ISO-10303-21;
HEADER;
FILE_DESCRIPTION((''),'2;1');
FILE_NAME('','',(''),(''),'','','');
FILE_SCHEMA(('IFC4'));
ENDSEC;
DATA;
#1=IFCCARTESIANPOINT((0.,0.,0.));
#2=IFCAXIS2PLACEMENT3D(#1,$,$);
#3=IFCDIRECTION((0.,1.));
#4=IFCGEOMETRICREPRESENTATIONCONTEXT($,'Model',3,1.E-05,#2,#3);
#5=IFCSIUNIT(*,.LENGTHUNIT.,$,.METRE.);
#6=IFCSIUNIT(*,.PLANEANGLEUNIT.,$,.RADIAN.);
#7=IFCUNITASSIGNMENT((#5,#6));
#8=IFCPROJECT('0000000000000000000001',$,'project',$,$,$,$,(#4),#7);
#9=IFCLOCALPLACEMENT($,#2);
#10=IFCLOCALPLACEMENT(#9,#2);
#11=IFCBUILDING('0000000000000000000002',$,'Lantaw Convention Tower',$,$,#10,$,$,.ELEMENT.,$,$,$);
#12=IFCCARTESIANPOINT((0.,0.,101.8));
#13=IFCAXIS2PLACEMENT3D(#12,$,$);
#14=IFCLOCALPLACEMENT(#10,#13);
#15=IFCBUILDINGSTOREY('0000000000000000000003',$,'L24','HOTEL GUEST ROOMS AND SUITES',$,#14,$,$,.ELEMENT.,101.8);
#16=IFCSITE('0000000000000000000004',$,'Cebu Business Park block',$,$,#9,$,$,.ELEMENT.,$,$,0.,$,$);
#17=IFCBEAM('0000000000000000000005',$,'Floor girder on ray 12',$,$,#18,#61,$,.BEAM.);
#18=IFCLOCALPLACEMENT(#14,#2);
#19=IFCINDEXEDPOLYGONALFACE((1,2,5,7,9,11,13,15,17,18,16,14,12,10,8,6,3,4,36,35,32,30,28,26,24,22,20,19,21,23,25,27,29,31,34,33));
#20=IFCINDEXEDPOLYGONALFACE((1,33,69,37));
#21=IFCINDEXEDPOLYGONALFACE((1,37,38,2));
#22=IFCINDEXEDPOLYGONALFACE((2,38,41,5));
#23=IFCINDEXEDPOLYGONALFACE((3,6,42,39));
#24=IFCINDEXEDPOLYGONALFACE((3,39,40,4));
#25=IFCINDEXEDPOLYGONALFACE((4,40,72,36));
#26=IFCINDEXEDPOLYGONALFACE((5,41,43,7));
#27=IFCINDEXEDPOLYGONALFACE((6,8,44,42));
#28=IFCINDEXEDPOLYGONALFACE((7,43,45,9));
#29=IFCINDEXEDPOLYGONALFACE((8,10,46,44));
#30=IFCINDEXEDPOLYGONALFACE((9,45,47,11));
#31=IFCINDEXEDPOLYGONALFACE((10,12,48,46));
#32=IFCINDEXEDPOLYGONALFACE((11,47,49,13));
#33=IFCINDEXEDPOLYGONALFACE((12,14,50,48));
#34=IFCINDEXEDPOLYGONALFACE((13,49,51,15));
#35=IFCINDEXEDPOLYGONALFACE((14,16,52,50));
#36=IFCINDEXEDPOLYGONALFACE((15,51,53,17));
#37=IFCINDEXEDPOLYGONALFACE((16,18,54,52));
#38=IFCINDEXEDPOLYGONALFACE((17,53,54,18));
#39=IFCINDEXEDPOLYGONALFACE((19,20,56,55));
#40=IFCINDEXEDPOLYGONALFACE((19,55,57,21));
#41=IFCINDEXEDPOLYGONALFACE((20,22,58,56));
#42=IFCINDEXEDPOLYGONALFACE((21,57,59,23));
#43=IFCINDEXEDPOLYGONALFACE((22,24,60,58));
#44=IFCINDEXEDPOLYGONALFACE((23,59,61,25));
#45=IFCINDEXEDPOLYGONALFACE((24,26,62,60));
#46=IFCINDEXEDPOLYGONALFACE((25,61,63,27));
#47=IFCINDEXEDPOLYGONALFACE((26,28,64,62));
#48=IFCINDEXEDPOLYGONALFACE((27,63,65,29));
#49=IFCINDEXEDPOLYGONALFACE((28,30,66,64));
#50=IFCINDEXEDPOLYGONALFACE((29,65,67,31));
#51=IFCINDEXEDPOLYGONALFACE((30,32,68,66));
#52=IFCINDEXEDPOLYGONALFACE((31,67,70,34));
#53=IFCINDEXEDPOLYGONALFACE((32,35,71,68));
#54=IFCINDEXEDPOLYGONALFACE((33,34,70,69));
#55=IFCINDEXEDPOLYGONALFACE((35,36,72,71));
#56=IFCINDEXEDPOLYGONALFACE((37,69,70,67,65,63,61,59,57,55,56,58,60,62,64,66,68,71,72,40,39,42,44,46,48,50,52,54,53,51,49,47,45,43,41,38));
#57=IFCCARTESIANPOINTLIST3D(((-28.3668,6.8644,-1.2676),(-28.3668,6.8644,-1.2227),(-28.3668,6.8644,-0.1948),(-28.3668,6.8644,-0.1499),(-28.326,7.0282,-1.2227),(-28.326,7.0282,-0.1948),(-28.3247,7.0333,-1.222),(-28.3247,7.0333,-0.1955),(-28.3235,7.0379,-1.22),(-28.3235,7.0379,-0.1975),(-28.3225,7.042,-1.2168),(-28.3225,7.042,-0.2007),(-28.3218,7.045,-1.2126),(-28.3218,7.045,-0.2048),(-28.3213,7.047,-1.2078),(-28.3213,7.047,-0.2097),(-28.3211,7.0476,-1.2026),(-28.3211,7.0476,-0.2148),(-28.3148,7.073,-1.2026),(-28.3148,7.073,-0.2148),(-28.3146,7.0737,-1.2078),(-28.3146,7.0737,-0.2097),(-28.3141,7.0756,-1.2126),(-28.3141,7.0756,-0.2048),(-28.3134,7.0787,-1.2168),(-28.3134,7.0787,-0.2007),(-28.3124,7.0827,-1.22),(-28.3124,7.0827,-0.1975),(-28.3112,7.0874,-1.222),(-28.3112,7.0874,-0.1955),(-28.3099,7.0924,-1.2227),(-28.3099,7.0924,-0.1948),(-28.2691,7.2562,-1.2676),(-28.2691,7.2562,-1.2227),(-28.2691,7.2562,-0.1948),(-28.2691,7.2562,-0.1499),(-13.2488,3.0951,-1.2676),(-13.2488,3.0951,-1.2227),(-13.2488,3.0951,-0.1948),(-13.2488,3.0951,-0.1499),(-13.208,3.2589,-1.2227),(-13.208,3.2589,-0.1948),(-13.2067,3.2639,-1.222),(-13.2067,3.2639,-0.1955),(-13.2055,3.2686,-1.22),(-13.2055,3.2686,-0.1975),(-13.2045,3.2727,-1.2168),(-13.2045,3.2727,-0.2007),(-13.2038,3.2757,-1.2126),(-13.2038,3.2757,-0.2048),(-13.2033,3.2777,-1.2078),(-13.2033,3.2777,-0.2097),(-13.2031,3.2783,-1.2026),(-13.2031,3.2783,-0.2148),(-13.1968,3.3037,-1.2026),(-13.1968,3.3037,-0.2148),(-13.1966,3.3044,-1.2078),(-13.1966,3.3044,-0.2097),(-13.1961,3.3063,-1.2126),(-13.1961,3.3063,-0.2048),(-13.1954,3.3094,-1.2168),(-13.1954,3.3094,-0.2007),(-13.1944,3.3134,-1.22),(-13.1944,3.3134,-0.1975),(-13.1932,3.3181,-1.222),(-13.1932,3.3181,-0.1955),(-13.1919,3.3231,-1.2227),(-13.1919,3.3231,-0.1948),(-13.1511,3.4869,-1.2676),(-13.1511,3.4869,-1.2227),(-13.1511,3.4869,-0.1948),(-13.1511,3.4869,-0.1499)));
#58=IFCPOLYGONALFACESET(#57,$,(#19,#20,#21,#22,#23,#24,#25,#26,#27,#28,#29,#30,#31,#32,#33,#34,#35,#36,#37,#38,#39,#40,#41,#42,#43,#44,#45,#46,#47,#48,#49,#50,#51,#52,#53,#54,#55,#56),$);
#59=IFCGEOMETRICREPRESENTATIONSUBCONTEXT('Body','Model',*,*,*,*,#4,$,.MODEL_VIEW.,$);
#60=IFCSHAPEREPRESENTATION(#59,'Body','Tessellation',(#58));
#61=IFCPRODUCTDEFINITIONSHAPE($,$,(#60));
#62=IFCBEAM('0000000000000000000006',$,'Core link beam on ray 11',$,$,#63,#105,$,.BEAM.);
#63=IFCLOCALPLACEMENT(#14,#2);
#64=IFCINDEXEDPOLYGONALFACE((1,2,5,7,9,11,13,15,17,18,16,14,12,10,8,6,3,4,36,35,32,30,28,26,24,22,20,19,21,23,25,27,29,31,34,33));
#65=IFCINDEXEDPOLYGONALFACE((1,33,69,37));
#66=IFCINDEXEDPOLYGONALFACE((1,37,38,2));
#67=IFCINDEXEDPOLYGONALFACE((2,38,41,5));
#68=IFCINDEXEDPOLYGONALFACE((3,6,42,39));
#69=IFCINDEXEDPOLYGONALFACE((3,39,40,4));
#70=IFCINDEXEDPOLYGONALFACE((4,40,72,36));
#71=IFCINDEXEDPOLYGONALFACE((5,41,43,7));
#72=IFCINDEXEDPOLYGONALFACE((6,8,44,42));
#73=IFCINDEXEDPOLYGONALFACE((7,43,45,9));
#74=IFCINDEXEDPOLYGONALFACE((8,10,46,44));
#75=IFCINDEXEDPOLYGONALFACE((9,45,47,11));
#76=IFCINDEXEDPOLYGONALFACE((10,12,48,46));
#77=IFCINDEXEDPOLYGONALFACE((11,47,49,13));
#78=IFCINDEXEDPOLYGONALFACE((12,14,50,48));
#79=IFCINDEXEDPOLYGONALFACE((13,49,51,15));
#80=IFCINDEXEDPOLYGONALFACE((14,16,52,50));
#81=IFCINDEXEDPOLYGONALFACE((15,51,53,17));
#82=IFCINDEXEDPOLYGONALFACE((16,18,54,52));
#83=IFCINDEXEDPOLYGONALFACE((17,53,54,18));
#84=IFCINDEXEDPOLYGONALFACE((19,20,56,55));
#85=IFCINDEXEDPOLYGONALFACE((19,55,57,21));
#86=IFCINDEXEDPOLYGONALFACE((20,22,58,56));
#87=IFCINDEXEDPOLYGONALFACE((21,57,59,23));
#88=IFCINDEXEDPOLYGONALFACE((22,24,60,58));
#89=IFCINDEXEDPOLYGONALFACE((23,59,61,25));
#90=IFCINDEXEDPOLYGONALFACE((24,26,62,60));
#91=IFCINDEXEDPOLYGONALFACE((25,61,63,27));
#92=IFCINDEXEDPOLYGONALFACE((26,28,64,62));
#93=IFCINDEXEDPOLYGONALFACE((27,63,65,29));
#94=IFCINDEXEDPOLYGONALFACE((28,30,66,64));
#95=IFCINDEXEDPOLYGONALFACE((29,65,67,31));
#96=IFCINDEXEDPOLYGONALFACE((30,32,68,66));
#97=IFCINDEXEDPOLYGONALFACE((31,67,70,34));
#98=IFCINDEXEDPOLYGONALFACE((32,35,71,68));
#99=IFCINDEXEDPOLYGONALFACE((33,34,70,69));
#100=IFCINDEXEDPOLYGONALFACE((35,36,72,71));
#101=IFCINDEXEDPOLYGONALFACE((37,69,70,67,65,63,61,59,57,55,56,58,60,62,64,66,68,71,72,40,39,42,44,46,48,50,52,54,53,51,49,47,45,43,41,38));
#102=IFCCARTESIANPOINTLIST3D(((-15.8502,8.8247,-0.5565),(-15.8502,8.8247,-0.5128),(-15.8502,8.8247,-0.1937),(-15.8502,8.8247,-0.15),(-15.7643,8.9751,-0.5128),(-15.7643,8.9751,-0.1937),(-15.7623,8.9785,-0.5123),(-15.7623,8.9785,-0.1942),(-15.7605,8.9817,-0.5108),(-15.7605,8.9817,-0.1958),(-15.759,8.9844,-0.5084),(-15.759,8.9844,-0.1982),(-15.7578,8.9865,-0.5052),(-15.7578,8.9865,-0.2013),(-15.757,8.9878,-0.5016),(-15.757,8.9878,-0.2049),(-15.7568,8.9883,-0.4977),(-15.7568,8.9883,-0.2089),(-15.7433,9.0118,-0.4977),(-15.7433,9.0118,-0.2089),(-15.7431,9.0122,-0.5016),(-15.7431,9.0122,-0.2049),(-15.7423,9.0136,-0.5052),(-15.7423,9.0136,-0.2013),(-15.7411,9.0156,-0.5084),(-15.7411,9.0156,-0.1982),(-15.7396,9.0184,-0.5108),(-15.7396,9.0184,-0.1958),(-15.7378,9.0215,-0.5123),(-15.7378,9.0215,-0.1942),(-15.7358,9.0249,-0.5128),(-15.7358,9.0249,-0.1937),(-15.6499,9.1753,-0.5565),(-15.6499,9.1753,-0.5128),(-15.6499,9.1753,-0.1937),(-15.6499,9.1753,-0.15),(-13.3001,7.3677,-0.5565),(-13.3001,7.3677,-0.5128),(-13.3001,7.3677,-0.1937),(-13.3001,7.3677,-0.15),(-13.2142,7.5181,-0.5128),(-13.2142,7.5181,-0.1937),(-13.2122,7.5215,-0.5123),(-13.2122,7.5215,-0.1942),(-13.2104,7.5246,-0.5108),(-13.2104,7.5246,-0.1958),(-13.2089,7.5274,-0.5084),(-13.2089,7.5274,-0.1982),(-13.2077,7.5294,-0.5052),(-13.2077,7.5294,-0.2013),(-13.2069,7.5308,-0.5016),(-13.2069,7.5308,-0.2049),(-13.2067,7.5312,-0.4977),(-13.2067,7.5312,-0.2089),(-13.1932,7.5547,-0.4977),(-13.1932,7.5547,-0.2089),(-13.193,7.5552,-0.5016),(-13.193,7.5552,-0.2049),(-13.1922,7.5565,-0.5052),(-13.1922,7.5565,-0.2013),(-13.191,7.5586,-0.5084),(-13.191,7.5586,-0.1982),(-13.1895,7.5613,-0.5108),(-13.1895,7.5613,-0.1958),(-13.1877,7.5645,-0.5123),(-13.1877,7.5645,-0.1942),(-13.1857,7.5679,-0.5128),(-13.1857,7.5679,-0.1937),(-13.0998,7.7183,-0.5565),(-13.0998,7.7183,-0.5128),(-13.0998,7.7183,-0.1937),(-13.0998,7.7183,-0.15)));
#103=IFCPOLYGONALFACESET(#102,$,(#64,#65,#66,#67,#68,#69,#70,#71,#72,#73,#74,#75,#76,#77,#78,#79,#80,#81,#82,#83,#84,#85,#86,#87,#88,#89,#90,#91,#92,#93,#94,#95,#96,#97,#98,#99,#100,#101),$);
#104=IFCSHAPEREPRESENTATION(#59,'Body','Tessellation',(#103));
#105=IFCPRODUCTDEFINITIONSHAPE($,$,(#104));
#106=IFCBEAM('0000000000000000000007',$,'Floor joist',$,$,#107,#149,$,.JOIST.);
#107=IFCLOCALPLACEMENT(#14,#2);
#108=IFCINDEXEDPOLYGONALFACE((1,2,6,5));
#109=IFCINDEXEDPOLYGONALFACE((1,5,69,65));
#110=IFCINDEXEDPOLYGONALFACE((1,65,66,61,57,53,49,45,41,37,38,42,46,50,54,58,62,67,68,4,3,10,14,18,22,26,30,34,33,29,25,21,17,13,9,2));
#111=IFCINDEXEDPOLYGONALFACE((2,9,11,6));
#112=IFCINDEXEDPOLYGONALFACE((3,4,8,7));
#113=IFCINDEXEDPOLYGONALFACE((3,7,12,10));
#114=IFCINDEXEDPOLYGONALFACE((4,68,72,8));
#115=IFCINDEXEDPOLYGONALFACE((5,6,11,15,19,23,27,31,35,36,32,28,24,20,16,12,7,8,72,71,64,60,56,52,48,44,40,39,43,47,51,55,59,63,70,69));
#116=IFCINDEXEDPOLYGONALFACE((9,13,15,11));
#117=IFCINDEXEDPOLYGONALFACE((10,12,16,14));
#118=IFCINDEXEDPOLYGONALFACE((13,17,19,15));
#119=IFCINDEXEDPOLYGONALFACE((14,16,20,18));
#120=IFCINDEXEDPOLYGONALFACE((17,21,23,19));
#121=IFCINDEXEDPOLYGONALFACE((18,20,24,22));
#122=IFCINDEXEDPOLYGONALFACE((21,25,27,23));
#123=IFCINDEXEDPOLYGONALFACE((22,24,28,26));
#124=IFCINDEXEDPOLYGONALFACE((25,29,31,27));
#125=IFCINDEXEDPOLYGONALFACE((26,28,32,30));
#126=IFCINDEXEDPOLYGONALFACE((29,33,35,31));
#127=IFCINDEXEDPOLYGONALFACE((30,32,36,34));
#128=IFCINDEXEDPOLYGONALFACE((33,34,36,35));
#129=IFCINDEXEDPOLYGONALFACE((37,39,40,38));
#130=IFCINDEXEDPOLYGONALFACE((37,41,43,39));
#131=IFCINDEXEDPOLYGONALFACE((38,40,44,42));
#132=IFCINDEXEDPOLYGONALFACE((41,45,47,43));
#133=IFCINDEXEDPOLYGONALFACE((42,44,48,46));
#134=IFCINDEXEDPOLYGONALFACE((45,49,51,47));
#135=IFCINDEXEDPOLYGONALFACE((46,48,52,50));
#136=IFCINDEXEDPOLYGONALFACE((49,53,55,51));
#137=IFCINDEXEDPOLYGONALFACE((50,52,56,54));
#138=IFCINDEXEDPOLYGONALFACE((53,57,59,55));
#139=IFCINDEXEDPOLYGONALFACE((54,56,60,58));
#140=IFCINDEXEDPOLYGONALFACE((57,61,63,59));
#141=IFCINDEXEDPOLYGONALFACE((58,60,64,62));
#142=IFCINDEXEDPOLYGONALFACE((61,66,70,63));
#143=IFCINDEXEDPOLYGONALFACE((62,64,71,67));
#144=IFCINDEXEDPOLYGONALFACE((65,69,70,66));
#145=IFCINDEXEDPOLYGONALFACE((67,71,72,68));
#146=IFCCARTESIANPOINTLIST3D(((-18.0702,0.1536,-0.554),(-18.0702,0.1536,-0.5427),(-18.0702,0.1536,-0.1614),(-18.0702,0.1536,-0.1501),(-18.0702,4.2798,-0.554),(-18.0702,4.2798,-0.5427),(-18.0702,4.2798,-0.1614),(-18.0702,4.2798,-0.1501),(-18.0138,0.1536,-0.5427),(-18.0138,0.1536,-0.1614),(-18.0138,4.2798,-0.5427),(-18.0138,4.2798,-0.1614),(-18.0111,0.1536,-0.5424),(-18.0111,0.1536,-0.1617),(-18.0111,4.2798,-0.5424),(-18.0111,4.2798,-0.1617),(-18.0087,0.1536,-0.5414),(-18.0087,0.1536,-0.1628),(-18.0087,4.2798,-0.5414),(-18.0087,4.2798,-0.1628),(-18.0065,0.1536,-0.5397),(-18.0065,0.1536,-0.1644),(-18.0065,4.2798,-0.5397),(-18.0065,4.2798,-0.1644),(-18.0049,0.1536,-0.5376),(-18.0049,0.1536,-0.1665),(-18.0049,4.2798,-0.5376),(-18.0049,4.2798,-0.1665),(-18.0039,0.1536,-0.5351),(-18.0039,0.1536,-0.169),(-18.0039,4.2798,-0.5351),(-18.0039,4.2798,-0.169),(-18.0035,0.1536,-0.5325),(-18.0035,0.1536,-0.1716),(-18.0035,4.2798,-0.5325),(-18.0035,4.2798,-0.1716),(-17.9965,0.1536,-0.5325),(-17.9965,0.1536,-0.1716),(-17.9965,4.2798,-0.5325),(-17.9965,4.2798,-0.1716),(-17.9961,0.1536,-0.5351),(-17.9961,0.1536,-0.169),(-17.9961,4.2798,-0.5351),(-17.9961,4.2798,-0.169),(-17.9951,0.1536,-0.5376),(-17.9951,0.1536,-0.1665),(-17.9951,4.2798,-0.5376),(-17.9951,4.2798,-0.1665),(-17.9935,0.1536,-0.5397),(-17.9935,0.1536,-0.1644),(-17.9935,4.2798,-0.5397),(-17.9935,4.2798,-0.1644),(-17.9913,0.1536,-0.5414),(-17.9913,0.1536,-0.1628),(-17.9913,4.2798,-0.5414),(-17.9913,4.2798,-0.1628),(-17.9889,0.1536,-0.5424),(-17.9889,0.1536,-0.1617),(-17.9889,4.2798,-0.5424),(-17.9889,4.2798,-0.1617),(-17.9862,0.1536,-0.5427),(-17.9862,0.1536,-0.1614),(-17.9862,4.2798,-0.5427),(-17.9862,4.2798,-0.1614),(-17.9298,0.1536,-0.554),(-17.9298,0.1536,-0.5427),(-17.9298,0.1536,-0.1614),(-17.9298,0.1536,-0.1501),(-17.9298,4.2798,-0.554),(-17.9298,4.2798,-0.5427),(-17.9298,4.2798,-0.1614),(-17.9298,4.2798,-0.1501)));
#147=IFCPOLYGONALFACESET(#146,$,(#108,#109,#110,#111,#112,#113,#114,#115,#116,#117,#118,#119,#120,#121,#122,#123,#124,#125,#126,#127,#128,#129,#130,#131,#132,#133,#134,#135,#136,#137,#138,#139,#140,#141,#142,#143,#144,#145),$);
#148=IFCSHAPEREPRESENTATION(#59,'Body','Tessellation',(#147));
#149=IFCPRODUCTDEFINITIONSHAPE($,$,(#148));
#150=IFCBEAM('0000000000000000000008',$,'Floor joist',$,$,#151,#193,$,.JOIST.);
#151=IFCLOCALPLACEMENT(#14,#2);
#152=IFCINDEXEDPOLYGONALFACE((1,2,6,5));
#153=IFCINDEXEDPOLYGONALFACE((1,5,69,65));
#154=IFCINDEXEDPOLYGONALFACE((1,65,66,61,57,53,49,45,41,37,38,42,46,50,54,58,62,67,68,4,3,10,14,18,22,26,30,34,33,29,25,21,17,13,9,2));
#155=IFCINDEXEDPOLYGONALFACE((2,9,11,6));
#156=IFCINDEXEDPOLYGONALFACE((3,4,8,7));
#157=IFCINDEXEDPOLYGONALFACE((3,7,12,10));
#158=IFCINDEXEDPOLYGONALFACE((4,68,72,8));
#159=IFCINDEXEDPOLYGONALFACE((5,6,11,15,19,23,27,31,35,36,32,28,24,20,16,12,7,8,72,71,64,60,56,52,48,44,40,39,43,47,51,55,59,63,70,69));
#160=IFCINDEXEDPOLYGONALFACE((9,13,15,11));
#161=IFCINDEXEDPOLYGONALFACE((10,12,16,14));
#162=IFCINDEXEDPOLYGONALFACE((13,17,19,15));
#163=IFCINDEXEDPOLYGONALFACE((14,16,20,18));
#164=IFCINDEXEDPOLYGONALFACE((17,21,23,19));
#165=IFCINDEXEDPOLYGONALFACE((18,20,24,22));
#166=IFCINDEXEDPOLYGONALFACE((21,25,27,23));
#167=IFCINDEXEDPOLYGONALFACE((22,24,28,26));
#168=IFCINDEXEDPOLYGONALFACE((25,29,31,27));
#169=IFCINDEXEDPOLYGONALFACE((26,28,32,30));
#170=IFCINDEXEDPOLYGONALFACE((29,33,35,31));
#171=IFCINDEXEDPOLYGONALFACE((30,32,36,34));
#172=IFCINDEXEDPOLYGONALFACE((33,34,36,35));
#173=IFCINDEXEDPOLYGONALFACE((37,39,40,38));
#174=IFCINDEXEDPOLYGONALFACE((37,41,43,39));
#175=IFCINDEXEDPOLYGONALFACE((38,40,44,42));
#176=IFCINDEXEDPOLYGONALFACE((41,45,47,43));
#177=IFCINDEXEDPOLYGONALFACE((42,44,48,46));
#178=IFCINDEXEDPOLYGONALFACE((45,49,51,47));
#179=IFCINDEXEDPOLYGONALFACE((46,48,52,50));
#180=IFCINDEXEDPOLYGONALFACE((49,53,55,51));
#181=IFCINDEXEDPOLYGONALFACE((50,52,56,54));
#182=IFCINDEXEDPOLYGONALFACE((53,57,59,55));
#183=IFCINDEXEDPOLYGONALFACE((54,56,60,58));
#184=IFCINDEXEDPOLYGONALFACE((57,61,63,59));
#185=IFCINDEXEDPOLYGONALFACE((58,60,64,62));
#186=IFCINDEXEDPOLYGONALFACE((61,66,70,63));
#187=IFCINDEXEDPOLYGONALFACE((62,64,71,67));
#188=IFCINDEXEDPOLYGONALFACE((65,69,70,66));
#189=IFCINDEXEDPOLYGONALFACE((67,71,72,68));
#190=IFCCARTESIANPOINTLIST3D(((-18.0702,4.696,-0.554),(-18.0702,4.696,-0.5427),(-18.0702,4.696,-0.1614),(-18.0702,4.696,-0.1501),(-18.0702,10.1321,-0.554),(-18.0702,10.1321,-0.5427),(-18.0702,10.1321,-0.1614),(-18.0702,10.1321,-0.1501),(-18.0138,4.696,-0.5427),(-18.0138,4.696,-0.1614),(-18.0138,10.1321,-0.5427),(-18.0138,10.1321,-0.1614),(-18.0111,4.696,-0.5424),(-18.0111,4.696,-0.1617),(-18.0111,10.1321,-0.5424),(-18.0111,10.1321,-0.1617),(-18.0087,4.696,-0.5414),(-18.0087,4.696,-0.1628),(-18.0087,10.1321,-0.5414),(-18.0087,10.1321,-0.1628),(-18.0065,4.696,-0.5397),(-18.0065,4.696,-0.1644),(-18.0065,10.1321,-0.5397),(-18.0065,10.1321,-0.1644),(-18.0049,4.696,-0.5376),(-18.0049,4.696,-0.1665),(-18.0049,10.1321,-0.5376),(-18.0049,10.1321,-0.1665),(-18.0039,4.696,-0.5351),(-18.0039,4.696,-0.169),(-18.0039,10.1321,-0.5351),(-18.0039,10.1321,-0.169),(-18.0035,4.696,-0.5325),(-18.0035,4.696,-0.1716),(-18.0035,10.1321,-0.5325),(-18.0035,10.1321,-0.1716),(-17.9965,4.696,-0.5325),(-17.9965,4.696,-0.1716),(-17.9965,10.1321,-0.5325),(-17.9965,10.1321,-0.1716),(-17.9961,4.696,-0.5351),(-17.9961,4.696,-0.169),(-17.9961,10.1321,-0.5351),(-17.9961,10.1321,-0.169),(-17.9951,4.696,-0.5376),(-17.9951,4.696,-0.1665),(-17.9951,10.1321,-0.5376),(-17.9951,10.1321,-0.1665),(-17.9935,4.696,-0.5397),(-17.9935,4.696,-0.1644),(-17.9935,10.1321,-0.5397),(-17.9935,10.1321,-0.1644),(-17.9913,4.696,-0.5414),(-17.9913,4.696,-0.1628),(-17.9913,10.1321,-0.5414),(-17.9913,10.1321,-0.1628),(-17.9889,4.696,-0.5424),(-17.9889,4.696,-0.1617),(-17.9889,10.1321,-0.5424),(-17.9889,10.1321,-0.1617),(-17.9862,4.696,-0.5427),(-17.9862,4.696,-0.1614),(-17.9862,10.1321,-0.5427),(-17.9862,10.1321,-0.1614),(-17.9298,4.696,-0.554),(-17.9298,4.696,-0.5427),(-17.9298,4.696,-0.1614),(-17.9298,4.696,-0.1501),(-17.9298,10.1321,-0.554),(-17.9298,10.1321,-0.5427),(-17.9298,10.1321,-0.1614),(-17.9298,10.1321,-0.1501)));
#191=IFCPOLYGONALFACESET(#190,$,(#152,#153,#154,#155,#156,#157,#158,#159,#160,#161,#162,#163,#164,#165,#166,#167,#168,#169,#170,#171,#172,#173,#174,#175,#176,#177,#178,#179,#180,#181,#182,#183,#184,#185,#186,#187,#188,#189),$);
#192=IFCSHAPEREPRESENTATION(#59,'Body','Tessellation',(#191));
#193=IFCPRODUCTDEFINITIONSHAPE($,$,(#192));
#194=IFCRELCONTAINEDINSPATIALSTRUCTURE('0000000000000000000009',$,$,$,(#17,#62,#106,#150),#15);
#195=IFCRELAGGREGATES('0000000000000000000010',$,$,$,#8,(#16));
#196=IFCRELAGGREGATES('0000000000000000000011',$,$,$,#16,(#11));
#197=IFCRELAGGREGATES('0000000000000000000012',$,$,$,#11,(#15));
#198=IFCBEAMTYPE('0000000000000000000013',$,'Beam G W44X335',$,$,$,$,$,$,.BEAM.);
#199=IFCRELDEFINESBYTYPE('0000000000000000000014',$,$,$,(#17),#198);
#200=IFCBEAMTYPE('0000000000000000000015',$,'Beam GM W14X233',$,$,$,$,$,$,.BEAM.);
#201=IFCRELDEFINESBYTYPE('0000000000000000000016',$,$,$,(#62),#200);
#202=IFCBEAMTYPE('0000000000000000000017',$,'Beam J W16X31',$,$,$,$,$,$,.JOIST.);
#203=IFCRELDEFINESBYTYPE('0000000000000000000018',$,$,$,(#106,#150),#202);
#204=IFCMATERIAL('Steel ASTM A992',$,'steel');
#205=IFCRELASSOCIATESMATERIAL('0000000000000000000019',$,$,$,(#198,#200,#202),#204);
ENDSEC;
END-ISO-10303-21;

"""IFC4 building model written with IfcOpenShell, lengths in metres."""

from ifc_helpers import new_model, si_unit, direction, frame, origin, origin_2d, place, context, subcontext, project, spatial, i_section, extrude, material, material_profile, profile_set, type_object, element, save


model = new_model("IFC4")

# Units and contexts
model_context = context("Model", 3, precision=1e-05, world=origin(), true_north=direction((0.0, 1.0)))
body_context = subcontext(model_context, "Body", "Model", "MODEL_VIEW")
ifc_project = project(units=[si_unit("LENGTHUNIT", "METRE"), si_unit("PLANEANGLEUNIT", "RADIAN")], contexts=[model_context])

# Site, building, storey
site_placement = place(None, origin())
site = spatial("IfcSite", under=ifc_project, at=site_placement, Name="Cebu Business Park block", CompositionType="ELEMENT", RefElevation=0.0)
building_placement = place(site_placement, origin())
building = spatial("IfcBuilding", under=site, at=building_placement, Name="Lantaw Convention Tower", CompositionType="ELEMENT")
storey_placement = place(building_placement, frame((0.0, 0.0, 101.8)))
storey = spatial("IfcBuildingStorey", under=building, at=storey_placement, Name="L24", Description="HOTEL GUEST ROOMS AND SUITES", CompositionType="ELEMENT", Elevation=101.8)

# Beams
ifc_material_1 = material(Name="Steel ASTM A992", Category="steel")
ifc_material_profile_1 = material_profile(ifc_material_1, i_section(OverallWidth=0.4038, OverallDepth=1.1177, WebThickness=0.0261, FlangeThickness=0.0449, FilletRadius=0.02, at=origin_2d()), Name="W44X335")
ifc_profile_set_1 = profile_set([ifc_material_profile_1], Name="Steel ASTM A992")
beam_type_1 = type_object("IfcBeamType", Name="Beam G W44X335", PredefinedType="BEAM", material=ifc_profile_set_1)
beam_1_placement = place(storey_placement, frame((-13.2, 3.291, -0.7087), z_axis=(-0.970296, 0.24192, 0.0), x_axis=(-0.24192, -0.970296, 0.0)))
element("IfcBeam", 1, at=beam_1_placement, inside=storey, type_object=beam_type_1, Name="Floor girder on ray 12", PredefinedType="BEAM", context=body_context, shape_type="SweptSolid", body=[
    extrude(i_section(OverallWidth=0.4038, OverallDepth=1.1177, WebThickness=0.0261, FlangeThickness=0.0449, FilletRadius=0.02, at=origin_2d()), origin(), (0.0, 0.0, 1.0), 15.5808),
])
ifc_material_profile_2 = material_profile(ifc_material_1, i_section(OverallWidth=0.4038, OverallDepth=0.4065, WebThickness=0.0271, FlangeThickness=0.0437, FilletRadius=0.0151, at=origin_2d()), Name="W14X233")
ifc_profile_set_2 = profile_set([ifc_material_profile_2], Name="Steel ASTM A992")
beam_type_2 = type_object("IfcBeamType", Name="Beam GM W14X233", PredefinedType="BEAM", material=ifc_profile_set_2)
beam_2_placement = place(storey_placement, frame((-13.2, 7.543, -0.3533), z_axis=(-0.868264, 0.496103, 0.0), x_axis=(-0.496103, -0.868264, 0.0)))
element("IfcBeam", 2, at=beam_2_placement, inside=storey, type_object=beam_type_2, Name="Core link beam on ray 11", PredefinedType="BEAM", context=body_context, shape_type="SweptSolid", body=[
    extrude(i_section(OverallWidth=0.4038, OverallDepth=0.4065, WebThickness=0.0271, FlangeThickness=0.0437, FilletRadius=0.0151, at=origin_2d()), origin(), (0.0, 0.0, 1.0), 2.937),
])
ifc_material_profile_3 = material_profile(ifc_material_1, i_section(OverallWidth=0.1404, OverallDepth=0.4038, WebThickness=0.0071, FlangeThickness=0.0112, FilletRadius=0.0103, at=origin_2d()), Name="W16X31")
ifc_profile_set_3 = profile_set([ifc_material_profile_3], Name="Steel ASTM A992")
beam_type_3 = type_object("IfcBeamType", Name="Beam J W16X31", PredefinedType="JOIST", material=ifc_profile_set_3)
beam_3_placement = place(storey_placement, frame((-18.0, 0.1536, -0.3521), z_axis=(0.0, 1.0, 0.0), x_axis=(-1.0, 0.0, 0.0)))
element("IfcBeam", 3, at=beam_3_placement, inside=storey, type_object=beam_type_3, Name="Floor joist", PredefinedType="JOIST", context=body_context, shape_type="SweptSolid", body=[
    extrude(i_section(OverallWidth=0.1404, OverallDepth=0.4038, WebThickness=0.0071, FlangeThickness=0.0112, FilletRadius=0.0103, at=origin_2d()), origin(), (0.0, 0.0, 1.0), 4.1262),
])
beam_4_placement = place(storey_placement, frame((-18.0, 4.696, -0.3521), z_axis=(0.0, 1.0, 0.0), x_axis=(-1.0, 0.0, 0.0)))
element("IfcBeam", 4, at=beam_4_placement, inside=storey, type_object=beam_type_3, Name="Floor joist", PredefinedType="JOIST", context=body_context, shape_type="SweptSolid", body=[
    extrude(i_section(OverallWidth=0.1404, OverallDepth=0.4038, WebThickness=0.0071, FlangeThickness=0.0112, FilletRadius=0.0103, at=origin_2d()), origin(), (0.0, 0.0, 1.0), 5.436),
])

save(model, "model.ifc")
